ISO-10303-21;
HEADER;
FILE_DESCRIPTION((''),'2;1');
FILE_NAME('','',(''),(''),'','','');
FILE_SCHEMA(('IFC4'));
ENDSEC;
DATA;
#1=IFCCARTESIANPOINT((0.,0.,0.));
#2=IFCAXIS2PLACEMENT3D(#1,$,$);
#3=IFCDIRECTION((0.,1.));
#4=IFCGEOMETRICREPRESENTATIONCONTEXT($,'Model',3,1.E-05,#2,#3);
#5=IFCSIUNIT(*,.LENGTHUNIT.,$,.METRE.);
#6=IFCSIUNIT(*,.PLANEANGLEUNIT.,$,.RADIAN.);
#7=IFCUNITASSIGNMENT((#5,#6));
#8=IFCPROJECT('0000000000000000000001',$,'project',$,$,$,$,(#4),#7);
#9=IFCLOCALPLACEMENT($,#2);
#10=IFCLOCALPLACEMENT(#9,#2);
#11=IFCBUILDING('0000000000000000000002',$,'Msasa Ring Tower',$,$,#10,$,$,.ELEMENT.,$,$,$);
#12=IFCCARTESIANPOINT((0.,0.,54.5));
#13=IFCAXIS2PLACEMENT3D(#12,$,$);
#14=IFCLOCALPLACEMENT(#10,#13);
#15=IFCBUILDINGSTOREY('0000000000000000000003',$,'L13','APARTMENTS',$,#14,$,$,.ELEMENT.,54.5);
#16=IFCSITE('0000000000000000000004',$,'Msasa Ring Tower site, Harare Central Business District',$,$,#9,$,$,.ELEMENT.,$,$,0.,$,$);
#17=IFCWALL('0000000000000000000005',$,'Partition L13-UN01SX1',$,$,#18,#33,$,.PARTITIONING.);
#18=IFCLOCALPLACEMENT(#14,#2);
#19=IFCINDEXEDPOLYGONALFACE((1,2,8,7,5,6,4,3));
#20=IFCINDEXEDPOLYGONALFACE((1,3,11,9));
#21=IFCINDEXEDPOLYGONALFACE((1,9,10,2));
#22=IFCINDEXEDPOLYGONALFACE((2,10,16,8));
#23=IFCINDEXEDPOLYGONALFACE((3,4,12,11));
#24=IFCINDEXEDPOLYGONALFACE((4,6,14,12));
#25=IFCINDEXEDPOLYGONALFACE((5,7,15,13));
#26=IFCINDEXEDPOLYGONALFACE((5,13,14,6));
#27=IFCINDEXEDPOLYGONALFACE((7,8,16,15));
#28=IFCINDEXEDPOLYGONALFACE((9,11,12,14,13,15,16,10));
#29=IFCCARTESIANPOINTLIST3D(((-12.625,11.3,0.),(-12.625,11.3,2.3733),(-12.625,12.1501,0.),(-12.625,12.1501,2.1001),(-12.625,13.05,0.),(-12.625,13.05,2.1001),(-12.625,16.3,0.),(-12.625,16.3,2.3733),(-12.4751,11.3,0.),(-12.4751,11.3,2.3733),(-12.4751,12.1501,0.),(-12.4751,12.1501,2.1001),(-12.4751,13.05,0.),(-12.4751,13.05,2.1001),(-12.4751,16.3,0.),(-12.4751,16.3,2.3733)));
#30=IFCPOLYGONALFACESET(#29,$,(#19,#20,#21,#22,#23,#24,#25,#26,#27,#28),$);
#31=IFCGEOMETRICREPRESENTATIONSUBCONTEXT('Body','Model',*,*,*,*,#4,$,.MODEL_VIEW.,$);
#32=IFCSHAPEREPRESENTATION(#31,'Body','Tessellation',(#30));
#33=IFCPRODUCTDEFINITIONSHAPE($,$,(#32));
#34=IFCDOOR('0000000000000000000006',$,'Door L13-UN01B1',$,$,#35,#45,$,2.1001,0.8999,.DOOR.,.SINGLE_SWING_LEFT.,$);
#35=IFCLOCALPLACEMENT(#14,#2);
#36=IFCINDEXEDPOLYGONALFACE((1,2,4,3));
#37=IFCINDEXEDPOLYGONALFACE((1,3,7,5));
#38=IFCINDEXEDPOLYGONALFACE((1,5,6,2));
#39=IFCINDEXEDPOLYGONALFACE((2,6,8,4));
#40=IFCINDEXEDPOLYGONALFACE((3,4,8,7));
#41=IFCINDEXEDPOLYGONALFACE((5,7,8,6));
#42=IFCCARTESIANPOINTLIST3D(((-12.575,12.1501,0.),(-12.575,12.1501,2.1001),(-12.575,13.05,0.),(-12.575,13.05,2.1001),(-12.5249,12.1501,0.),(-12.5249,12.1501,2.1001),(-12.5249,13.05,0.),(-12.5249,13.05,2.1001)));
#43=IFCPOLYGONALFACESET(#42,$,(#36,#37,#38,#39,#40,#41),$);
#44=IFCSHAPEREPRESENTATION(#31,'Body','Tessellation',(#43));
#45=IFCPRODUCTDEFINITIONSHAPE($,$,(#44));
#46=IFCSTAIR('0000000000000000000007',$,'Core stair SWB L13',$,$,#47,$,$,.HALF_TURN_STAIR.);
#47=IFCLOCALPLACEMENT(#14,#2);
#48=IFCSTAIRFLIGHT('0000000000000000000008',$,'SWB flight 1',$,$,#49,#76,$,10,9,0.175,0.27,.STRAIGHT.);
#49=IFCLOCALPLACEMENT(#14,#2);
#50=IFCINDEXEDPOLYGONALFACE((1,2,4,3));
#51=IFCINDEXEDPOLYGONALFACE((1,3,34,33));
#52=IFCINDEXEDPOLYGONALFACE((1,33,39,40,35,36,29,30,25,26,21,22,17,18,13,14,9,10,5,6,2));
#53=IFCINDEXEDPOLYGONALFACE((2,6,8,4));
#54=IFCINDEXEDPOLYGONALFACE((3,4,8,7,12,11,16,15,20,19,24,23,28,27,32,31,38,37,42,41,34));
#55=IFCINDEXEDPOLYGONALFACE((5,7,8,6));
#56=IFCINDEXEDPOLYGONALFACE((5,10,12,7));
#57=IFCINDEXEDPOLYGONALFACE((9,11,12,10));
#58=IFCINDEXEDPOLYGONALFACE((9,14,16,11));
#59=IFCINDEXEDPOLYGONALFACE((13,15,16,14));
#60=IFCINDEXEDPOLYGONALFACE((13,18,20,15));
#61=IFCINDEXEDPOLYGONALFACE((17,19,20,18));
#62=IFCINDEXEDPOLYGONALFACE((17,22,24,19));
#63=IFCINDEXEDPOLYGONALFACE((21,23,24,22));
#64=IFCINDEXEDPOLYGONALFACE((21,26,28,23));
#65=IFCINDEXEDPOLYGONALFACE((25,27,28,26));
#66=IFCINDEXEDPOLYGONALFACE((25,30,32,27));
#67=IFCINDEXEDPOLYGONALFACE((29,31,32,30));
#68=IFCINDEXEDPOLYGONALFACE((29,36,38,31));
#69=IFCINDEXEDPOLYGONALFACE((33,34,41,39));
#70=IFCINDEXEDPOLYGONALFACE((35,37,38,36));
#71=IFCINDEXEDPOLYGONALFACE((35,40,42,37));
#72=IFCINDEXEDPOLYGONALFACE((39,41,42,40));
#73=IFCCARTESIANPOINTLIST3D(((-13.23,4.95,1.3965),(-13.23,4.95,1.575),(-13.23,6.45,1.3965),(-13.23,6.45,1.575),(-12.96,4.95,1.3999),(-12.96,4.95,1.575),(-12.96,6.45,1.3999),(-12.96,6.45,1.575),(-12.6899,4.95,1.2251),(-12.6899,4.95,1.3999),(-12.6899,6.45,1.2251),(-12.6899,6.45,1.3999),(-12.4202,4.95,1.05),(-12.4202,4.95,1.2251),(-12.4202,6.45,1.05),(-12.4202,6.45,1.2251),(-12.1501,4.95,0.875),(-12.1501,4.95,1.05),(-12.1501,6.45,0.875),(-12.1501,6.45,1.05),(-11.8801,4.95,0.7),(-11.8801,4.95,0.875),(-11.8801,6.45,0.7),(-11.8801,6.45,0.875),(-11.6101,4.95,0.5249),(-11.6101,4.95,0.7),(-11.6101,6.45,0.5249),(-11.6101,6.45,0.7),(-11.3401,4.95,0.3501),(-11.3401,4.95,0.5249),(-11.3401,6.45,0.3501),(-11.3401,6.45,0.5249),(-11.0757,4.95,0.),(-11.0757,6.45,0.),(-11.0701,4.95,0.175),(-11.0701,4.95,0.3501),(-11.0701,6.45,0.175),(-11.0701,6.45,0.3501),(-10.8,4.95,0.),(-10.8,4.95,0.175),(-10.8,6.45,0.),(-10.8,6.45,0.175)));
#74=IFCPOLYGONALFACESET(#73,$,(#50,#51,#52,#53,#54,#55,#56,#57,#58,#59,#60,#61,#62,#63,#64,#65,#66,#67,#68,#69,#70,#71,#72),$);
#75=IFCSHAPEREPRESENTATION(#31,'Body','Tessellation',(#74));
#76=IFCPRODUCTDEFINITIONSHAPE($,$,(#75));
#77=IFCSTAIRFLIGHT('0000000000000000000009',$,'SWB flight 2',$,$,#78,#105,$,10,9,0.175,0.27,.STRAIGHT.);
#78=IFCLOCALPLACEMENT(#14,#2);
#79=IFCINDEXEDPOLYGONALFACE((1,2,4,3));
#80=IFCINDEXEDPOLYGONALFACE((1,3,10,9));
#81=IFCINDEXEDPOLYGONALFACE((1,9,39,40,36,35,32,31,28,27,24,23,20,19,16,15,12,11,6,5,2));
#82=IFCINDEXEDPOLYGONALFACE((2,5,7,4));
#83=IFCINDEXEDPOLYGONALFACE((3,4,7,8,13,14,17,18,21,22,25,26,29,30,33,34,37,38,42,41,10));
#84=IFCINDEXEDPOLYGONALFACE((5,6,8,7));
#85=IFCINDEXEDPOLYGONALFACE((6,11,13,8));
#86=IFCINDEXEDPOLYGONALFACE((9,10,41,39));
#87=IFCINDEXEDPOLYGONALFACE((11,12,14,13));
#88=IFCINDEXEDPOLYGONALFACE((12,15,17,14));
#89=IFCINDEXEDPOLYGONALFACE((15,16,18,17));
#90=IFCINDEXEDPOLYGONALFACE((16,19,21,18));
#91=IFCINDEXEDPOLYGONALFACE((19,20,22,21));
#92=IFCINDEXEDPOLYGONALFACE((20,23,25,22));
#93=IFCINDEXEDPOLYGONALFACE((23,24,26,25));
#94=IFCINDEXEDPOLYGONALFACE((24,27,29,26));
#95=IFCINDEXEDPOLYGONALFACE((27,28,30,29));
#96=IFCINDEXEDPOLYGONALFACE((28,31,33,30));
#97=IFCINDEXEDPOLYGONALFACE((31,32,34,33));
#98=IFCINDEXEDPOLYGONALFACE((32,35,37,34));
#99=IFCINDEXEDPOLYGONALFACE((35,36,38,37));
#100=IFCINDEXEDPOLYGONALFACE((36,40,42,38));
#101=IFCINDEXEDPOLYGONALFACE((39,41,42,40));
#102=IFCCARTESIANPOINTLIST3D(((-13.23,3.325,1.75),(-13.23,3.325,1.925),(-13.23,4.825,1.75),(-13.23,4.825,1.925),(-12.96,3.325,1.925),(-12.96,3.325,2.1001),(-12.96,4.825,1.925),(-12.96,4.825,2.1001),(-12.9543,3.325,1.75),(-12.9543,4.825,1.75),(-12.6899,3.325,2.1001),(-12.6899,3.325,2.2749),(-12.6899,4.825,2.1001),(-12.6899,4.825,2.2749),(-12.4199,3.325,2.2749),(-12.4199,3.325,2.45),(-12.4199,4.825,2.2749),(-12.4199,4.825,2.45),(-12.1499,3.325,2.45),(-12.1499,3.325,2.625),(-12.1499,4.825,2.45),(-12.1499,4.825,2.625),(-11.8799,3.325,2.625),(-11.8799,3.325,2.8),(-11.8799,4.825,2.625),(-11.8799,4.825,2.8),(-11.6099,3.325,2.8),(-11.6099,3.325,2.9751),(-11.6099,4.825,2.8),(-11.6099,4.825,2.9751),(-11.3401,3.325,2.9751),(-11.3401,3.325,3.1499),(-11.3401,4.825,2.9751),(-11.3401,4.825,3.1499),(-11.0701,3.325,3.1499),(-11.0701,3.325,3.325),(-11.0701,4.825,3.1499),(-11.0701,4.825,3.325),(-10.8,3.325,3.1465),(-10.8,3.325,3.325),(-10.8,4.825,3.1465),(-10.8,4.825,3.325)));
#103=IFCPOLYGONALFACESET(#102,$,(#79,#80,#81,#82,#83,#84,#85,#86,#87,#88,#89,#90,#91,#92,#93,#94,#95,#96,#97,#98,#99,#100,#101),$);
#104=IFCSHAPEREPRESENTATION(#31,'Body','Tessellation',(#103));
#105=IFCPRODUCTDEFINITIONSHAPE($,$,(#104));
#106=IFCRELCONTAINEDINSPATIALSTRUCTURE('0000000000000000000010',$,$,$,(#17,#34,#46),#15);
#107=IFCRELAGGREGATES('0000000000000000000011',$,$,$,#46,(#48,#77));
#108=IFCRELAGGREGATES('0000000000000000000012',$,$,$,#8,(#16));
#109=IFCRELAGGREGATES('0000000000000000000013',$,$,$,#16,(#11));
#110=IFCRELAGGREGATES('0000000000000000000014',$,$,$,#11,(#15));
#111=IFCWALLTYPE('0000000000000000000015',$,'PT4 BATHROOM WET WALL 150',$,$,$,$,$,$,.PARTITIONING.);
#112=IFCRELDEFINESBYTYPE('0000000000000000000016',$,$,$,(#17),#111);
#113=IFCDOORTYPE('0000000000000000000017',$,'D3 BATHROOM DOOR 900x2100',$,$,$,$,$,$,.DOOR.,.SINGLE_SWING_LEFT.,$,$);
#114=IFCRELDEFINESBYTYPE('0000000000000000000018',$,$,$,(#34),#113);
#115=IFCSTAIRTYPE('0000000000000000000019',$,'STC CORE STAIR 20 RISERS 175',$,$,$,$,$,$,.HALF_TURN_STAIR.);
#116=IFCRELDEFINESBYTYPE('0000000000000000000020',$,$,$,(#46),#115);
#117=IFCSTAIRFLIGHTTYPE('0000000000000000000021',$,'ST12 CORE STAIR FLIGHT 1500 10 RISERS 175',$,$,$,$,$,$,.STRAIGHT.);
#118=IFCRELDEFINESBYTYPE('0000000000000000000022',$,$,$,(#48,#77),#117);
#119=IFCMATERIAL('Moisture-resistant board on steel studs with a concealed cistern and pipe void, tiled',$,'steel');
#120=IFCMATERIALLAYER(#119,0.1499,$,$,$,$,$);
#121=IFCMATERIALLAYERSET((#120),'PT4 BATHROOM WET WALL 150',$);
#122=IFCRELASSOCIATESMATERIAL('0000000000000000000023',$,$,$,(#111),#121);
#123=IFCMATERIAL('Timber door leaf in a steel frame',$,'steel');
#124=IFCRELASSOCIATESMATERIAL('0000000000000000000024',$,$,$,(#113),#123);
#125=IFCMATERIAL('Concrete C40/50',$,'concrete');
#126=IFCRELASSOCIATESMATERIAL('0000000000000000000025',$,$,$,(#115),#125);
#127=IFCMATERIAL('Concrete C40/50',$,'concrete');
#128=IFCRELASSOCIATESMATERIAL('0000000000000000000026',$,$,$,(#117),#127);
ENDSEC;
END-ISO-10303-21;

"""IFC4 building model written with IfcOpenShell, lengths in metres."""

from ifc_helpers import new_model, si_unit, direction, frame, frame_2d, origin, place, context, subcontext, project, spatial, polyline, rectangle, outline, extrude, material, layer, layer_set, type_object, element, fill, aggregate, save


model = new_model("IFC4")

# Units and contexts
model_context = context("Model", 3, precision=1e-05, world=origin(), true_north=direction((0.0, 1.0)))
body_context = subcontext(model_context, "Body", "Model", "MODEL_VIEW")
ifc_project = project(units=[si_unit("LENGTHUNIT", "METRE"), si_unit("PLANEANGLEUNIT", "RADIAN")], contexts=[model_context])

# Site, building, storey
site_placement = place(None, origin())
site = spatial("IfcSite", under=ifc_project, at=site_placement, Name="Msasa Ring Tower site, Harare Central Business District", CompositionType="ELEMENT", RefElevation=0.0)
building_placement = place(site_placement, origin())
building = spatial("IfcBuilding", under=site, at=building_placement, Name="Msasa Ring Tower", CompositionType="ELEMENT")
storey_placement = place(building_placement, frame((0.0, 0.0, 54.5)))
storey = spatial("IfcBuildingStorey", under=building, at=storey_placement, Name="L13", Description="APARTMENTS", CompositionType="ELEMENT", Elevation=54.5)

# Wall, opening, door
ifc_material_1 = material(Name="Moisture-resistant board on steel studs with a concealed cistern and pipe void, tiled", Category="steel")
ifc_layer_1 = layer(ifc_material_1, 0.1499)
ifc_layer_set_1 = layer_set([ifc_layer_1], Name="PT4 BATHROOM WET WALL 150")
wall_type_1 = type_object("IfcWallType", Name="PT4 BATHROOM WET WALL 150", PredefinedType="PARTITIONING", material=ifc_layer_set_1)
ifc_material_2 = material(Name="Timber door leaf in a steel frame", Category="steel")
door_type = type_object("IfcDoorType", Name="D3 BATHROOM DOOR 900x2100", OperationType="SINGLE_SWING_LEFT", PredefinedType="DOOR", material=ifc_material_2)
wall_1_placement = place(storey_placement, frame((-12.55, 11.3, 0.0), z_axis=(0.0, 0.0, 1.0), x_axis=(0.0, 1.0, 0.0)))
wall_1 = element("IfcWall", 1, at=wall_1_placement, inside=storey, type_object=wall_type_1, Name="Partition L13-UN01SX1", PredefinedType="PARTITIONING", context=body_context, shape_type="SweptSolid", body=[
    extrude(rectangle(XDim=5.0, YDim=0.1499, at=frame_2d((2.5, 0.0))), origin(), (0.0, 0.0, 1.0), 2.3733),
])
opening_1_placement = place(wall_1_placement, frame((0.8501, 0.0, 0.0)))
opening_1 = element("IfcOpeningElement", 2, at=opening_1_placement, cuts=wall_1, PredefinedType="OPENING", context=body_context, shape_type="SweptSolid", body=[
    extrude(rectangle(XDim=0.8999, YDim=2.1001, at=frame_2d((0.45, 1.05))), frame((0.0, 0.085, 0.0), z_axis=(0.0, -1.0, 0.0), x_axis=(1.0, 0.0, 0.0)), (0.0, 0.0, 1.0), 0.1699),
])
door_1_placement = place(opening_1_placement, origin())
door_1 = element("IfcDoor", 3, at=door_1_placement, inside=storey, type_object=door_type, Name="Door L13-UN01B1", OperationType="SINGLE_SWING_LEFT", OverallHeight=2.1001, OverallWidth=0.8999, PredefinedType="DOOR", context=body_context, shape_type="SweptSolid", body=[
    extrude(rectangle(XDim=0.8999, YDim=2.1001, at=frame_2d((0.45, 1.05))), frame((0.0, 0.0249, 0.0), z_axis=(0.0, -1.0, 0.0), x_axis=(1.0, 0.0, 0.0)), (0.0, 0.0, 1.0), 0.05),
])
fill(opening_1, door_1)

# Stair, stair flights
ifc_material_3 = material(Name="Concrete C40/50", Category="concrete")
stair_type = type_object("IfcStairType", Name="STC CORE STAIR 20 RISERS 175", PredefinedType="HALF_TURN_STAIR", material=ifc_material_3)
stair_placement = place(storey_placement, origin())
stair = element("IfcStair", 4, at=stair_placement, inside=storey, type_object=stair_type, Name="Core stair SWB L13", PredefinedType="HALF_TURN_STAIR")
ifc_material_4 = material(Name="Concrete C40/50", Category="concrete")
stair_flight_type = type_object("IfcStairFlightType", Name="ST12 CORE STAIR FLIGHT 1500 10 RISERS 175", PredefinedType="STRAIGHT", material=ifc_material_4)
stair_flight_1_placement = place(storey_placement, frame((-10.8, 5.7, 0.0), z_axis=(0.0, 0.0, 1.0), x_axis=(-1.0, 0.0, 0.0)))
stair_flight_1 = element("IfcStairFlight", 5, at=stair_flight_1_placement, type_object=stair_flight_type, Name="SWB flight 1", NumberOfRisers=10, NumberOfTreads=9, PredefinedType="STRAIGHT", RiserHeight=0.175, TreadLength=0.27, context=body_context, shape_type="SweptSolid", body=[
    extrude(outline(polyline([(0.0, 0.0), (0.0, 0.175), (0.27, 0.175), (0.27, 0.3501), (0.54, 0.3501), (0.54, 0.5249), (0.8101, 0.5249), (0.8101, 0.7), (1.0801, 0.7), (1.0801, 0.875), (1.3501, 0.875), (1.3501, 1.05), (1.6201, 1.05), (1.6201, 1.2251), (1.8899, 1.2251), (1.8899, 1.3999), (2.1599, 1.3999), (2.1599, 1.575), (2.4299, 1.575), (2.4299, 1.75), (2.4299, 1.3965), (0.2756, 0.0), (0.0, 0.0)])), frame((0.0, 0.75, 0.0), z_axis=(0.0, -1.0, 0.0), x_axis=(1.0, 0.0, 0.0)), (0.0, 0.0, 1.0), 1.5),
])
stair_flight_2_placement = place(storey_placement, frame((-13.23, 4.075, 1.75), z_axis=(0.0, 0.0, 1.0), x_axis=(1.0, 0.0, 0.0)))
stair_flight_2 = element("IfcStairFlight", 6, at=stair_flight_2_placement, type_object=stair_flight_type, Name="SWB flight 2", NumberOfRisers=10, NumberOfTreads=9, PredefinedType="STRAIGHT", RiserHeight=0.175, TreadLength=0.27, context=body_context, shape_type="SweptSolid", body=[
    extrude(outline(polyline([(0.0, 0.0), (0.0, 0.175), (0.27, 0.175), (0.27, 0.3501), (0.54, 0.3501), (0.54, 0.5249), (0.8101, 0.5249), (0.8101, 0.7), (1.0801, 0.7), (1.0801, 0.875), (1.3501, 0.875), (1.3501, 1.05), (1.6201, 1.05), (1.6201, 1.2251), (1.8899, 1.2251), (1.8899, 1.3999), (2.1599, 1.3999), (2.1599, 1.575), (2.4299, 1.575), (2.4299, 1.75), (2.4299, 1.3965), (0.2756, 0.0), (0.0, 0.0)])), frame((0.0, 0.75, 0.0), z_axis=(0.0, -1.0, 0.0), x_axis=(1.0, 0.0, 0.0)), (0.0, 0.0, 1.0), 1.5),
])
aggregate(stair, [stair_flight_1, stair_flight_2])

save(model, "model.ifc")
